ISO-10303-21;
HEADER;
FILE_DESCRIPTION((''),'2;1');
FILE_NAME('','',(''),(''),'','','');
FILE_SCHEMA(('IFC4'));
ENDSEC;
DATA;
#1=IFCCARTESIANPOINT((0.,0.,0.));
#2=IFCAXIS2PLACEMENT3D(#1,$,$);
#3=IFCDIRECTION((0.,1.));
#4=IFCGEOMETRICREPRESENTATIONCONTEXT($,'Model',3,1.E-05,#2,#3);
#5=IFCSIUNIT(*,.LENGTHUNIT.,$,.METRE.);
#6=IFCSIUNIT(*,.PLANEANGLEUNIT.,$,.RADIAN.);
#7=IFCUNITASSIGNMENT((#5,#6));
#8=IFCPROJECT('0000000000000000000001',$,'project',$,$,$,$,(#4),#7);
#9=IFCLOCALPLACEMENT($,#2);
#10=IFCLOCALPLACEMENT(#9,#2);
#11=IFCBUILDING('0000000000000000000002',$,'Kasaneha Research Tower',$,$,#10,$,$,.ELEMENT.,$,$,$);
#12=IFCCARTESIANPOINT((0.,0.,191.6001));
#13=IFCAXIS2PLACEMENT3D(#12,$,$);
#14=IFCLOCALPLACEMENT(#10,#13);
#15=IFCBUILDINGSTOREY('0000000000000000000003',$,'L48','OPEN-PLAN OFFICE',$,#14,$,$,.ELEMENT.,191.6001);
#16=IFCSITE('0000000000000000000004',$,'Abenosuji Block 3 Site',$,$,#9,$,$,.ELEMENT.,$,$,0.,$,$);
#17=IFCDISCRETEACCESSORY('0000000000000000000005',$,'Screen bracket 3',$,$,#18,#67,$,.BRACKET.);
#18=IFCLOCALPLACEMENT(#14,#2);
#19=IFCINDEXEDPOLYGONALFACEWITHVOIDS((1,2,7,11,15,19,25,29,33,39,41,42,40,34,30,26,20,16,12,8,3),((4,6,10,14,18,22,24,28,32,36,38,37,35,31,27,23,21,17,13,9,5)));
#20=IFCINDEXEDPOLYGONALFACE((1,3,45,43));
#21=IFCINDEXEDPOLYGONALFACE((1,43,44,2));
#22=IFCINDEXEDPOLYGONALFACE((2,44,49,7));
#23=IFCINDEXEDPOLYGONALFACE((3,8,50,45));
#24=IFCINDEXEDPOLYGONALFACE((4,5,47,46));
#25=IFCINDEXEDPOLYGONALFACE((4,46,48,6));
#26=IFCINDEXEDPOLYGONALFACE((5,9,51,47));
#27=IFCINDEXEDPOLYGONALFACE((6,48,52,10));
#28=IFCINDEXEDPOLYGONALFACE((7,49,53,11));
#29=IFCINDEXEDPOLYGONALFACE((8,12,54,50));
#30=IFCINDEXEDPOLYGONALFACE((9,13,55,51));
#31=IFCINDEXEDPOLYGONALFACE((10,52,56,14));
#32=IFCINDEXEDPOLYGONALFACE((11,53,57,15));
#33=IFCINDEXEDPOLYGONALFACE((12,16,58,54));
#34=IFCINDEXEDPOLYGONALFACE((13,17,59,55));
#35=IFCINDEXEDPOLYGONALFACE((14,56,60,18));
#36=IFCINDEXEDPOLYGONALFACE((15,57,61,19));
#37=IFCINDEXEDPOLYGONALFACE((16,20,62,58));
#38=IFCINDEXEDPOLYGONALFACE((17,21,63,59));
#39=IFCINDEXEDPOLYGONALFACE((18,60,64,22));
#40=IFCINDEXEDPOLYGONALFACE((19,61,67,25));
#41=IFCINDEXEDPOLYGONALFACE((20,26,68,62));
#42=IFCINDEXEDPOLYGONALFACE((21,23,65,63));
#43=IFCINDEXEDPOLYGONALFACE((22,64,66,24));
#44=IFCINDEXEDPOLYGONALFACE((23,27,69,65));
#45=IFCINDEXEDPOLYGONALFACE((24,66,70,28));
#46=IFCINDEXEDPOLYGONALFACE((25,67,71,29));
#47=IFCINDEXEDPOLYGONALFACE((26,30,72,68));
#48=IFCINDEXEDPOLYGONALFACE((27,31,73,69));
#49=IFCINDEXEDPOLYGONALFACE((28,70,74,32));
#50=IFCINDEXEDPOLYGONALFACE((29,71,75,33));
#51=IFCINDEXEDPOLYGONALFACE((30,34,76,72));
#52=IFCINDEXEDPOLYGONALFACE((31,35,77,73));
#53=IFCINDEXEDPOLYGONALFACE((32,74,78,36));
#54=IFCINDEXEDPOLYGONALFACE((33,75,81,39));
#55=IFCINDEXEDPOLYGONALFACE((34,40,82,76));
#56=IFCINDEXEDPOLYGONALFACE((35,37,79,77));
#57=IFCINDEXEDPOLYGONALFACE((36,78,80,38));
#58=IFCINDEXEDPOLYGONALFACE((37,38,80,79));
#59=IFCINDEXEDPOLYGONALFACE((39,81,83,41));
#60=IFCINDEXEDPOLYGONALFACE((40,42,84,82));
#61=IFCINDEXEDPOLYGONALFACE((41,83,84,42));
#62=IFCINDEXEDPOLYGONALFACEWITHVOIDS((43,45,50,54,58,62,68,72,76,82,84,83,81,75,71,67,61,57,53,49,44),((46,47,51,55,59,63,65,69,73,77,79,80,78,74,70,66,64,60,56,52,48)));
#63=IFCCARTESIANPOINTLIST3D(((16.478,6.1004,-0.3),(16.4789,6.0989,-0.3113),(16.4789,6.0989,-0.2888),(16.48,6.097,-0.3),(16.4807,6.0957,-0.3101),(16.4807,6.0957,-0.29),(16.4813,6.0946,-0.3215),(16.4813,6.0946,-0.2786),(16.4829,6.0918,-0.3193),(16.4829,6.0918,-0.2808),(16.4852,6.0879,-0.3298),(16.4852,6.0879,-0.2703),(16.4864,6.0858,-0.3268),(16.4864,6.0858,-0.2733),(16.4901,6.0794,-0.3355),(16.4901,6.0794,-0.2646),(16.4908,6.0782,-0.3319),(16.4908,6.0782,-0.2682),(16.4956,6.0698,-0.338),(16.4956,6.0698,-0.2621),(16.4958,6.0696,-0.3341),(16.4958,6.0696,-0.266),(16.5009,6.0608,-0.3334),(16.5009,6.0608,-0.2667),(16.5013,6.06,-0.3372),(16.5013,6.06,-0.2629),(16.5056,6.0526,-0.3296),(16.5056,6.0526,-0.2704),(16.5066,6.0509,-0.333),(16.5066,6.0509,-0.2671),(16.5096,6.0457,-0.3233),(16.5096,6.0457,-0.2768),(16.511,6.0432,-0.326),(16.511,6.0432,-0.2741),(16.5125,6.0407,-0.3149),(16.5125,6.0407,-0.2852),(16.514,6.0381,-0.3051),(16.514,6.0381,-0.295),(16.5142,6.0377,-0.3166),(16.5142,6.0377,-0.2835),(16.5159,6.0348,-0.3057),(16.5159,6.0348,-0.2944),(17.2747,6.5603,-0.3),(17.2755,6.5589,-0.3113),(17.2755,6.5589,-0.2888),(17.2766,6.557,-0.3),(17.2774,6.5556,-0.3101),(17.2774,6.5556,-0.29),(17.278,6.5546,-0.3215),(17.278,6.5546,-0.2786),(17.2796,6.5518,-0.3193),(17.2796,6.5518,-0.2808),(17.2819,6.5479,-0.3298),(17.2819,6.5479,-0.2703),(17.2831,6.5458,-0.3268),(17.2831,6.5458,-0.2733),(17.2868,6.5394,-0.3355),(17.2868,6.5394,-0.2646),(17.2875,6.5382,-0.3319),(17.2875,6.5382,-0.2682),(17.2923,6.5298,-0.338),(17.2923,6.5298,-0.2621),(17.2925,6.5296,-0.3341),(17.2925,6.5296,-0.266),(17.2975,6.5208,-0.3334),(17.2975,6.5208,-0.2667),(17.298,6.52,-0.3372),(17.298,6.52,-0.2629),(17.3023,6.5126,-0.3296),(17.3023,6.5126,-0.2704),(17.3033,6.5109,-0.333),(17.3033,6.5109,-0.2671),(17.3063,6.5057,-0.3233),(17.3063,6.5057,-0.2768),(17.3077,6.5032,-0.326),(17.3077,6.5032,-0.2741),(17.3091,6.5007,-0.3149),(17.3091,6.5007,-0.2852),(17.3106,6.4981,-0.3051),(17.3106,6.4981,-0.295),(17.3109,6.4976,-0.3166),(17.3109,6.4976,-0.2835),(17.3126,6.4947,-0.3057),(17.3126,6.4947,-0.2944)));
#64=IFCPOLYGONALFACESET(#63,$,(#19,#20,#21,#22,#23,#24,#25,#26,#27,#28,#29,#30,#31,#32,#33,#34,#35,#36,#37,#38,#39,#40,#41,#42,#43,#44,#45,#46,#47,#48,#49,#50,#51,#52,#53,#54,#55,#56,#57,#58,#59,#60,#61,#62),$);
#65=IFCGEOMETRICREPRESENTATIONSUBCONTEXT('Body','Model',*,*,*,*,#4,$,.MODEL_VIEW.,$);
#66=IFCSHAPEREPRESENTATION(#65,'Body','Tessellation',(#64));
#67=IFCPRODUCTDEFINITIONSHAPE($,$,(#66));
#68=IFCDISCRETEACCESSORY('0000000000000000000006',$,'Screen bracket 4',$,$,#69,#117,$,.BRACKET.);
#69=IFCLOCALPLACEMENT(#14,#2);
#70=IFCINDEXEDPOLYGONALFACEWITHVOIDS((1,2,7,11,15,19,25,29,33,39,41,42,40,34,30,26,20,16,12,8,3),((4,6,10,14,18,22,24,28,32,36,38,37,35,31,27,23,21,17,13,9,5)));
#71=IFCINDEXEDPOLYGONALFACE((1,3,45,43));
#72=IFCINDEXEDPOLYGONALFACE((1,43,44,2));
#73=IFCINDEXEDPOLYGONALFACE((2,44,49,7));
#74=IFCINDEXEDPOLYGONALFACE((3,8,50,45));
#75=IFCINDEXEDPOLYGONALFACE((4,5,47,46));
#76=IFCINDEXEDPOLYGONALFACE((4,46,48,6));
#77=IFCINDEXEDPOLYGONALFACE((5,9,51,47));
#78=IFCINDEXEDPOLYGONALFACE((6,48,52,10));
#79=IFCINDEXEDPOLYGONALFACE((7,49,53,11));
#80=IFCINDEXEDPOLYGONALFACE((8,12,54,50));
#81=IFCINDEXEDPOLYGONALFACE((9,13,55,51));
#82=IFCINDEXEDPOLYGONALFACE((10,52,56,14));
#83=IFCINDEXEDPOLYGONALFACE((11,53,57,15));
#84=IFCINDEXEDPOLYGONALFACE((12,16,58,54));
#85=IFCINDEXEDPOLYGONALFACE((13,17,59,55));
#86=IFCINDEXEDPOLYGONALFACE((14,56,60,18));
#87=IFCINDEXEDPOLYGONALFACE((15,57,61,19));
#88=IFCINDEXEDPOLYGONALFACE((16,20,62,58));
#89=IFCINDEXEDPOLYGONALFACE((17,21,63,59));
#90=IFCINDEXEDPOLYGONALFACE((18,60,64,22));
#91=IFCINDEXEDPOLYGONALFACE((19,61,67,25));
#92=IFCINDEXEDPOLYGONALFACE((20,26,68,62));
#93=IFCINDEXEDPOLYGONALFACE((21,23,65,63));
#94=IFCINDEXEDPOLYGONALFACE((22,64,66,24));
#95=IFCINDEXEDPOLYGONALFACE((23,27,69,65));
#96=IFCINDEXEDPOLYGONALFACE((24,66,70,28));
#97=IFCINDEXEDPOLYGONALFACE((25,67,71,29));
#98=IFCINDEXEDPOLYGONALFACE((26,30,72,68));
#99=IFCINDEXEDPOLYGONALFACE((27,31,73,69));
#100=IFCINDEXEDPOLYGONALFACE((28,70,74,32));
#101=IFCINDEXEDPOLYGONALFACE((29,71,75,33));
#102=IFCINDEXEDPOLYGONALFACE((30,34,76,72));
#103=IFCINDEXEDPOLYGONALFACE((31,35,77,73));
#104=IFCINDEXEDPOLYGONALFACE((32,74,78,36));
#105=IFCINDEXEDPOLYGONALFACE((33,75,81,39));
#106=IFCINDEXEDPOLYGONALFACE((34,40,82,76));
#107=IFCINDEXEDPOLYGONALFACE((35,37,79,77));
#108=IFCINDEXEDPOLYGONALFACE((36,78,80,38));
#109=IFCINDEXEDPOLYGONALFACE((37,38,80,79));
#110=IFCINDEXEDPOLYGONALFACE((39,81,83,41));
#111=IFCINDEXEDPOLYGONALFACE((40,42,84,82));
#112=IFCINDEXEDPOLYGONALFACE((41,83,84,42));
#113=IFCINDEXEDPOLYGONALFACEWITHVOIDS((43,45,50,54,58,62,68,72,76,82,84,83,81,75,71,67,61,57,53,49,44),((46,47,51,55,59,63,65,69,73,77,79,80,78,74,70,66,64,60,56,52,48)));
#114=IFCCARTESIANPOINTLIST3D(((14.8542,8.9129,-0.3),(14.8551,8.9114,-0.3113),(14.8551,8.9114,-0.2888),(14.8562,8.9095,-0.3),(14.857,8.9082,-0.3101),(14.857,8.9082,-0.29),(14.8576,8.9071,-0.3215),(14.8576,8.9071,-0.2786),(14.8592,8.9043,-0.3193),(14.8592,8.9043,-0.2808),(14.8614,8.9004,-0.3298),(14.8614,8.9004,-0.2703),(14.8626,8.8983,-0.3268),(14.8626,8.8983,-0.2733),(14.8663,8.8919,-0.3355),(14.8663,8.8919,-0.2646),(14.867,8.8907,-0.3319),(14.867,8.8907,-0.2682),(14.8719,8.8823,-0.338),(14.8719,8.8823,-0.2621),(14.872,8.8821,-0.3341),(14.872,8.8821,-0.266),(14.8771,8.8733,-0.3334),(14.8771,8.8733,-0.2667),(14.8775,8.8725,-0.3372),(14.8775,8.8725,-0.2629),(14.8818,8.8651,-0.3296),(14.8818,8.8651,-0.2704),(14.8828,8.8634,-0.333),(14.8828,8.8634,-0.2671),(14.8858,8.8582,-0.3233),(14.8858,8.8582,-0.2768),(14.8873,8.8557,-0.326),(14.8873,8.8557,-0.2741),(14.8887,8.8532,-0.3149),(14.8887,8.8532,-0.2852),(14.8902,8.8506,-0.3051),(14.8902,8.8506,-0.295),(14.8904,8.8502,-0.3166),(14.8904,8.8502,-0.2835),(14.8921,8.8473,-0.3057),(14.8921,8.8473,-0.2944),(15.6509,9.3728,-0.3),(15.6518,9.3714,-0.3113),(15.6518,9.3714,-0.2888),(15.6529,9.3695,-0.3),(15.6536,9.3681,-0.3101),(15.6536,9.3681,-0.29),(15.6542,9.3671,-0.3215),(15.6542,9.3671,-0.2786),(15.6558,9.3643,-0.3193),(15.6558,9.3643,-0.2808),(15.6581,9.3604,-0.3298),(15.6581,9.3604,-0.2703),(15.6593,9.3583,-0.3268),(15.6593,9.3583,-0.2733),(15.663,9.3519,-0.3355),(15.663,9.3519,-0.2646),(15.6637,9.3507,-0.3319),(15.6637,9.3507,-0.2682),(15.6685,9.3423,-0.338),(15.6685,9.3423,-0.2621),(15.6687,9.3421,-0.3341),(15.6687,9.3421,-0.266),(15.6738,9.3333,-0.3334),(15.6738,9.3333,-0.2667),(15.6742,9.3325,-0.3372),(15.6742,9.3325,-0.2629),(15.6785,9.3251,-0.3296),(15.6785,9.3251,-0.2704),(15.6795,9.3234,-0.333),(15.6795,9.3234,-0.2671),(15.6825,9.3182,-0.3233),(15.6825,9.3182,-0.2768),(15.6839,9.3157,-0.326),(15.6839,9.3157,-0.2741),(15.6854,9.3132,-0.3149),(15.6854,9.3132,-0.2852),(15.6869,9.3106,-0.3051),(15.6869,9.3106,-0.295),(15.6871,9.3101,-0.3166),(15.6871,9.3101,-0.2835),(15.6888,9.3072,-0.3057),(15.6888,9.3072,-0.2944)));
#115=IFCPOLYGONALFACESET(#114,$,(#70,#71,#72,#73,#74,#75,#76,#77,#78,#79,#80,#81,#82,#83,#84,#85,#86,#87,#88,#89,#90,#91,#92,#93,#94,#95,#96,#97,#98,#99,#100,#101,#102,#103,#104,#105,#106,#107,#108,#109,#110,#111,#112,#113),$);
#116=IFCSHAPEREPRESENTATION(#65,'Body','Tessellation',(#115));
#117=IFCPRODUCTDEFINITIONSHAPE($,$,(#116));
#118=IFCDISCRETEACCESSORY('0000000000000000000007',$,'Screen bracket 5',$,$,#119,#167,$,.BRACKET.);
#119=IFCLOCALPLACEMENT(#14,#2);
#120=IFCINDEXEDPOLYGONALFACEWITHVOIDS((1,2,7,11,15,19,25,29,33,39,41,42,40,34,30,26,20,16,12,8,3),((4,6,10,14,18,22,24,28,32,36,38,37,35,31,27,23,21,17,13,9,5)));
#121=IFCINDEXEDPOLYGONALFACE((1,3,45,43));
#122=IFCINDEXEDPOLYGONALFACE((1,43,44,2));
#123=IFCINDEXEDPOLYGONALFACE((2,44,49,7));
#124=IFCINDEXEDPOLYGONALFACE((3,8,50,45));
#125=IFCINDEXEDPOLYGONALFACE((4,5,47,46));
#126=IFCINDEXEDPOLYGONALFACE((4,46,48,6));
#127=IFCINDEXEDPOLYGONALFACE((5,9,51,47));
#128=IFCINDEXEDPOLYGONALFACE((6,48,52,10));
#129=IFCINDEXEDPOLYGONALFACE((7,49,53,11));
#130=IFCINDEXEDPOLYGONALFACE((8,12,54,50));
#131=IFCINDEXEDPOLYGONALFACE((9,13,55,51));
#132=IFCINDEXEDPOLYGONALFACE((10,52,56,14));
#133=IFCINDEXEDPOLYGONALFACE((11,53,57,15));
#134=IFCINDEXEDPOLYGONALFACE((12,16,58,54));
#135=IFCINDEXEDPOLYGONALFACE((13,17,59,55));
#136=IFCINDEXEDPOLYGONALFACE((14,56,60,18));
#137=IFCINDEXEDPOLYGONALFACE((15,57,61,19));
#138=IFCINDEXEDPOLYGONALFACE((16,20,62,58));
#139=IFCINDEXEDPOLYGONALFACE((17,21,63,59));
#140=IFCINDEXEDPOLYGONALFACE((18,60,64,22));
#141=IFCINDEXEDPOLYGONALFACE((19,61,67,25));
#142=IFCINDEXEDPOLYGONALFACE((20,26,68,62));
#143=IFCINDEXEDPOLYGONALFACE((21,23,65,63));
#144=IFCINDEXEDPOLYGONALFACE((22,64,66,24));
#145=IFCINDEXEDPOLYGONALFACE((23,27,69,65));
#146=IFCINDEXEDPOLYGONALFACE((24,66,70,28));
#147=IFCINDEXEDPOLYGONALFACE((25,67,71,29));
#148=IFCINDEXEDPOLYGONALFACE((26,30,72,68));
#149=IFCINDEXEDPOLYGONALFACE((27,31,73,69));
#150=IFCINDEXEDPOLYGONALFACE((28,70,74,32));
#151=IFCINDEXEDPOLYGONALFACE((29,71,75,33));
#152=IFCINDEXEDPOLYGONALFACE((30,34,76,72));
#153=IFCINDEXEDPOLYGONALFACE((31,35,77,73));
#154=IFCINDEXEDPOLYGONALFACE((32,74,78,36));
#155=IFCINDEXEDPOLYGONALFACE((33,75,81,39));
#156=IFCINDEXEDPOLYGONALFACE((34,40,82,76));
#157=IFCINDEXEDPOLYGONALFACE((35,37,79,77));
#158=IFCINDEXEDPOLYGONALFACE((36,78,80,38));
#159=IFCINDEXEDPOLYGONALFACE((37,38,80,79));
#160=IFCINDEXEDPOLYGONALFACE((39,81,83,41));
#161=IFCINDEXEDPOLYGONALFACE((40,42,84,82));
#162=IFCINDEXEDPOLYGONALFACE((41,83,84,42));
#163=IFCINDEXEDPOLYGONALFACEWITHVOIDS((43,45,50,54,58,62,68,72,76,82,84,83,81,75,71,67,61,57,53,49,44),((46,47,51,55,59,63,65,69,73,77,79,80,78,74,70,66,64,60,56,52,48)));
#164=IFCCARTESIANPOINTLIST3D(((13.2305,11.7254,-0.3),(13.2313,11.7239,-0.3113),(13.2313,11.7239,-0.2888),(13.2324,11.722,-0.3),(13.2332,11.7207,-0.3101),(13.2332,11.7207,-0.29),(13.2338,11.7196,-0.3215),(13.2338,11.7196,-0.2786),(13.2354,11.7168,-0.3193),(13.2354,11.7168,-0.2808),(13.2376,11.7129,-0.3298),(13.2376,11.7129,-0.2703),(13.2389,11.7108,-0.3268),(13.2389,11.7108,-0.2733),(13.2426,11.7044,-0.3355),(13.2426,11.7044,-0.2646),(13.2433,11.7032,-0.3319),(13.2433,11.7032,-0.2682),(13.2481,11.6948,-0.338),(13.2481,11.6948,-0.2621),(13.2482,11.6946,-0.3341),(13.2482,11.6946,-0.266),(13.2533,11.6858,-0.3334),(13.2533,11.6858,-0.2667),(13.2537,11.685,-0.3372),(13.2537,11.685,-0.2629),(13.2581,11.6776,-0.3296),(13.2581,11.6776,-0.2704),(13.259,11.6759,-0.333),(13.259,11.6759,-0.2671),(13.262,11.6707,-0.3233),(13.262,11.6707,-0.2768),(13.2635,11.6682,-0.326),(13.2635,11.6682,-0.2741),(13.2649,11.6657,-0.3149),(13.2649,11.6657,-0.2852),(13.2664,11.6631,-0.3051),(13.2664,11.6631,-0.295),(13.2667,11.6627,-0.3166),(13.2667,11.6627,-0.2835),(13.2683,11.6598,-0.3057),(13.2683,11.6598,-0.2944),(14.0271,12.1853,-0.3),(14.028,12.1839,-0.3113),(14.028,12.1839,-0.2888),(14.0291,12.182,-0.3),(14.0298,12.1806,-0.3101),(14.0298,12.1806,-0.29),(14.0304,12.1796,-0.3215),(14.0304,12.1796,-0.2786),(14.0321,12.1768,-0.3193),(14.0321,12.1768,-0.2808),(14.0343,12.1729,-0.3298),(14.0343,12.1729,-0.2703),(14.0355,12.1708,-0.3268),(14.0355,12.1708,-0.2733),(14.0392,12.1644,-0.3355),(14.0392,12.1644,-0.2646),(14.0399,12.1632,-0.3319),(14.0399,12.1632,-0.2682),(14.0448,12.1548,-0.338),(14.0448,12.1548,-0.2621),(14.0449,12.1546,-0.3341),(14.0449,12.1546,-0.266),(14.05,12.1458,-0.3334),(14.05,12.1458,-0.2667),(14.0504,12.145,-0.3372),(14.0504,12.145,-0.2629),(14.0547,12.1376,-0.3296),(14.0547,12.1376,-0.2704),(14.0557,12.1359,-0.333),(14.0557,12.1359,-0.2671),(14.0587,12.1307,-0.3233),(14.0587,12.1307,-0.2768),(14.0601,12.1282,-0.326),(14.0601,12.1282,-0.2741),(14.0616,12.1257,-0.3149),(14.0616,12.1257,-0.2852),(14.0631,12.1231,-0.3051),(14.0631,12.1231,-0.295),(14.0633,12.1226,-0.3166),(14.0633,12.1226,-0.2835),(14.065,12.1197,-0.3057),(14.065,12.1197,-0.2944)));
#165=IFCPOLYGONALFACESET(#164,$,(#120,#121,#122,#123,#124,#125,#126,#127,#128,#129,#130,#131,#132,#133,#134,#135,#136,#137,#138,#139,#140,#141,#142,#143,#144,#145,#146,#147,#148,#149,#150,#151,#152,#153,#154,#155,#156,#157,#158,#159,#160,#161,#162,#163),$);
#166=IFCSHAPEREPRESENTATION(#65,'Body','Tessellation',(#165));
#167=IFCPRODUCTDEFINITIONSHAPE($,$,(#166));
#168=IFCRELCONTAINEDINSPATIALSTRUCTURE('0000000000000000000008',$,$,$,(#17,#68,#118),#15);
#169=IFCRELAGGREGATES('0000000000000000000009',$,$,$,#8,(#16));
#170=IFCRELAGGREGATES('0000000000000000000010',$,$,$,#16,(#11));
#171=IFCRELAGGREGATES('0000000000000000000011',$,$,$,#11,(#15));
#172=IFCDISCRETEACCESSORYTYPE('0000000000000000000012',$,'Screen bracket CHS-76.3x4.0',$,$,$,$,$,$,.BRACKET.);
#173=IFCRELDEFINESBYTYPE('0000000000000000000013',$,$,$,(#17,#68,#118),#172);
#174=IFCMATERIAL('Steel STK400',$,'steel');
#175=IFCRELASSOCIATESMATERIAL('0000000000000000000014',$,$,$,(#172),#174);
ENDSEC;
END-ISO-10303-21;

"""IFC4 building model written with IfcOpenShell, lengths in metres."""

from ifc_helpers import new_model, si_unit, direction, frame, origin, origin_2d, place, context, subcontext, project, spatial, hollow_circle, extrude, material, material_profile, profile_set, type_object, element, save


model = new_model("IFC4")

# Units and contexts
model_context = context("Model", 3, precision=1e-05, world=origin(), true_north=direction((0.0, 1.0)))
body_context = subcontext(model_context, "Body", "Model", "MODEL_VIEW")
ifc_project = project(units=[si_unit("LENGTHUNIT", "METRE"), si_unit("PLANEANGLEUNIT", "RADIAN")], contexts=[model_context])

# Site, building, storey
site_placement = place(None, origin())
site = spatial("IfcSite", under=ifc_project, at=site_placement, Name="Abenosuji Block 3 Site", CompositionType="ELEMENT", RefElevation=0.0)
building_placement = place(site_placement, origin())
building = spatial("IfcBuilding", under=site, at=building_placement, Name="Kasaneha Research Tower", CompositionType="ELEMENT")
storey_placement = place(building_placement, frame((0.0, 0.0, 191.6001)))
storey = spatial("IfcBuildingStorey", under=building, at=storey_placement, Name="L48", Description="OPEN-PLAN OFFICE", CompositionType="ELEMENT", Elevation=191.6001)

# Discrete accessories
ifc_material_1 = material(Name="Steel STK400", Category="steel")
ifc_material_profile_1 = material_profile(ifc_material_1, hollow_circle(Radius=0.0381, WallThickness=0.0039, at=origin_2d()), Name="CHS-76.3x4.0")
ifc_profile_set_1 = profile_set([ifc_material_profile_1], Name="Steel STK400")
discrete_accessory_type = type_object("IfcDiscreteAccessoryType", Name="Screen bracket CHS-76.3x4.0", PredefinedType="BRACKET", material=ifc_profile_set_1)
for number, where, z_axis, x_axis, name in (
    (1, (16.4971, 6.0674, -0.3), (0.866013, 0.500021, 0.0), (-0.500021, 0.866013, 0.0), "Screen bracket 3"),
    (2, (14.8733, 8.8799, -0.3), (0.866013, 0.500021, 0.0), (-0.500021, 0.866013, 0.0), "Screen bracket 4"),
    (3, (13.2495, 11.6924, -0.3), (0.866013, 0.500021, 0.0), (-0.500021, 0.866013, 0.0), "Screen bracket 5"),
):
    element("IfcDiscreteAccessory", number, at=place(storey_placement, frame(where, z_axis=z_axis, x_axis=x_axis)), inside=storey, type_object=discrete_accessory_type, Name=name, PredefinedType="BRACKET", context=body_context, shape_type="SweptSolid", body=[
        extrude(hollow_circle(Radius=0.0381, WallThickness=0.0039, at=origin_2d()), origin(), (0.0, 0.0, 1.0), 0.9199),
    ])

save(model, "model.ifc")
